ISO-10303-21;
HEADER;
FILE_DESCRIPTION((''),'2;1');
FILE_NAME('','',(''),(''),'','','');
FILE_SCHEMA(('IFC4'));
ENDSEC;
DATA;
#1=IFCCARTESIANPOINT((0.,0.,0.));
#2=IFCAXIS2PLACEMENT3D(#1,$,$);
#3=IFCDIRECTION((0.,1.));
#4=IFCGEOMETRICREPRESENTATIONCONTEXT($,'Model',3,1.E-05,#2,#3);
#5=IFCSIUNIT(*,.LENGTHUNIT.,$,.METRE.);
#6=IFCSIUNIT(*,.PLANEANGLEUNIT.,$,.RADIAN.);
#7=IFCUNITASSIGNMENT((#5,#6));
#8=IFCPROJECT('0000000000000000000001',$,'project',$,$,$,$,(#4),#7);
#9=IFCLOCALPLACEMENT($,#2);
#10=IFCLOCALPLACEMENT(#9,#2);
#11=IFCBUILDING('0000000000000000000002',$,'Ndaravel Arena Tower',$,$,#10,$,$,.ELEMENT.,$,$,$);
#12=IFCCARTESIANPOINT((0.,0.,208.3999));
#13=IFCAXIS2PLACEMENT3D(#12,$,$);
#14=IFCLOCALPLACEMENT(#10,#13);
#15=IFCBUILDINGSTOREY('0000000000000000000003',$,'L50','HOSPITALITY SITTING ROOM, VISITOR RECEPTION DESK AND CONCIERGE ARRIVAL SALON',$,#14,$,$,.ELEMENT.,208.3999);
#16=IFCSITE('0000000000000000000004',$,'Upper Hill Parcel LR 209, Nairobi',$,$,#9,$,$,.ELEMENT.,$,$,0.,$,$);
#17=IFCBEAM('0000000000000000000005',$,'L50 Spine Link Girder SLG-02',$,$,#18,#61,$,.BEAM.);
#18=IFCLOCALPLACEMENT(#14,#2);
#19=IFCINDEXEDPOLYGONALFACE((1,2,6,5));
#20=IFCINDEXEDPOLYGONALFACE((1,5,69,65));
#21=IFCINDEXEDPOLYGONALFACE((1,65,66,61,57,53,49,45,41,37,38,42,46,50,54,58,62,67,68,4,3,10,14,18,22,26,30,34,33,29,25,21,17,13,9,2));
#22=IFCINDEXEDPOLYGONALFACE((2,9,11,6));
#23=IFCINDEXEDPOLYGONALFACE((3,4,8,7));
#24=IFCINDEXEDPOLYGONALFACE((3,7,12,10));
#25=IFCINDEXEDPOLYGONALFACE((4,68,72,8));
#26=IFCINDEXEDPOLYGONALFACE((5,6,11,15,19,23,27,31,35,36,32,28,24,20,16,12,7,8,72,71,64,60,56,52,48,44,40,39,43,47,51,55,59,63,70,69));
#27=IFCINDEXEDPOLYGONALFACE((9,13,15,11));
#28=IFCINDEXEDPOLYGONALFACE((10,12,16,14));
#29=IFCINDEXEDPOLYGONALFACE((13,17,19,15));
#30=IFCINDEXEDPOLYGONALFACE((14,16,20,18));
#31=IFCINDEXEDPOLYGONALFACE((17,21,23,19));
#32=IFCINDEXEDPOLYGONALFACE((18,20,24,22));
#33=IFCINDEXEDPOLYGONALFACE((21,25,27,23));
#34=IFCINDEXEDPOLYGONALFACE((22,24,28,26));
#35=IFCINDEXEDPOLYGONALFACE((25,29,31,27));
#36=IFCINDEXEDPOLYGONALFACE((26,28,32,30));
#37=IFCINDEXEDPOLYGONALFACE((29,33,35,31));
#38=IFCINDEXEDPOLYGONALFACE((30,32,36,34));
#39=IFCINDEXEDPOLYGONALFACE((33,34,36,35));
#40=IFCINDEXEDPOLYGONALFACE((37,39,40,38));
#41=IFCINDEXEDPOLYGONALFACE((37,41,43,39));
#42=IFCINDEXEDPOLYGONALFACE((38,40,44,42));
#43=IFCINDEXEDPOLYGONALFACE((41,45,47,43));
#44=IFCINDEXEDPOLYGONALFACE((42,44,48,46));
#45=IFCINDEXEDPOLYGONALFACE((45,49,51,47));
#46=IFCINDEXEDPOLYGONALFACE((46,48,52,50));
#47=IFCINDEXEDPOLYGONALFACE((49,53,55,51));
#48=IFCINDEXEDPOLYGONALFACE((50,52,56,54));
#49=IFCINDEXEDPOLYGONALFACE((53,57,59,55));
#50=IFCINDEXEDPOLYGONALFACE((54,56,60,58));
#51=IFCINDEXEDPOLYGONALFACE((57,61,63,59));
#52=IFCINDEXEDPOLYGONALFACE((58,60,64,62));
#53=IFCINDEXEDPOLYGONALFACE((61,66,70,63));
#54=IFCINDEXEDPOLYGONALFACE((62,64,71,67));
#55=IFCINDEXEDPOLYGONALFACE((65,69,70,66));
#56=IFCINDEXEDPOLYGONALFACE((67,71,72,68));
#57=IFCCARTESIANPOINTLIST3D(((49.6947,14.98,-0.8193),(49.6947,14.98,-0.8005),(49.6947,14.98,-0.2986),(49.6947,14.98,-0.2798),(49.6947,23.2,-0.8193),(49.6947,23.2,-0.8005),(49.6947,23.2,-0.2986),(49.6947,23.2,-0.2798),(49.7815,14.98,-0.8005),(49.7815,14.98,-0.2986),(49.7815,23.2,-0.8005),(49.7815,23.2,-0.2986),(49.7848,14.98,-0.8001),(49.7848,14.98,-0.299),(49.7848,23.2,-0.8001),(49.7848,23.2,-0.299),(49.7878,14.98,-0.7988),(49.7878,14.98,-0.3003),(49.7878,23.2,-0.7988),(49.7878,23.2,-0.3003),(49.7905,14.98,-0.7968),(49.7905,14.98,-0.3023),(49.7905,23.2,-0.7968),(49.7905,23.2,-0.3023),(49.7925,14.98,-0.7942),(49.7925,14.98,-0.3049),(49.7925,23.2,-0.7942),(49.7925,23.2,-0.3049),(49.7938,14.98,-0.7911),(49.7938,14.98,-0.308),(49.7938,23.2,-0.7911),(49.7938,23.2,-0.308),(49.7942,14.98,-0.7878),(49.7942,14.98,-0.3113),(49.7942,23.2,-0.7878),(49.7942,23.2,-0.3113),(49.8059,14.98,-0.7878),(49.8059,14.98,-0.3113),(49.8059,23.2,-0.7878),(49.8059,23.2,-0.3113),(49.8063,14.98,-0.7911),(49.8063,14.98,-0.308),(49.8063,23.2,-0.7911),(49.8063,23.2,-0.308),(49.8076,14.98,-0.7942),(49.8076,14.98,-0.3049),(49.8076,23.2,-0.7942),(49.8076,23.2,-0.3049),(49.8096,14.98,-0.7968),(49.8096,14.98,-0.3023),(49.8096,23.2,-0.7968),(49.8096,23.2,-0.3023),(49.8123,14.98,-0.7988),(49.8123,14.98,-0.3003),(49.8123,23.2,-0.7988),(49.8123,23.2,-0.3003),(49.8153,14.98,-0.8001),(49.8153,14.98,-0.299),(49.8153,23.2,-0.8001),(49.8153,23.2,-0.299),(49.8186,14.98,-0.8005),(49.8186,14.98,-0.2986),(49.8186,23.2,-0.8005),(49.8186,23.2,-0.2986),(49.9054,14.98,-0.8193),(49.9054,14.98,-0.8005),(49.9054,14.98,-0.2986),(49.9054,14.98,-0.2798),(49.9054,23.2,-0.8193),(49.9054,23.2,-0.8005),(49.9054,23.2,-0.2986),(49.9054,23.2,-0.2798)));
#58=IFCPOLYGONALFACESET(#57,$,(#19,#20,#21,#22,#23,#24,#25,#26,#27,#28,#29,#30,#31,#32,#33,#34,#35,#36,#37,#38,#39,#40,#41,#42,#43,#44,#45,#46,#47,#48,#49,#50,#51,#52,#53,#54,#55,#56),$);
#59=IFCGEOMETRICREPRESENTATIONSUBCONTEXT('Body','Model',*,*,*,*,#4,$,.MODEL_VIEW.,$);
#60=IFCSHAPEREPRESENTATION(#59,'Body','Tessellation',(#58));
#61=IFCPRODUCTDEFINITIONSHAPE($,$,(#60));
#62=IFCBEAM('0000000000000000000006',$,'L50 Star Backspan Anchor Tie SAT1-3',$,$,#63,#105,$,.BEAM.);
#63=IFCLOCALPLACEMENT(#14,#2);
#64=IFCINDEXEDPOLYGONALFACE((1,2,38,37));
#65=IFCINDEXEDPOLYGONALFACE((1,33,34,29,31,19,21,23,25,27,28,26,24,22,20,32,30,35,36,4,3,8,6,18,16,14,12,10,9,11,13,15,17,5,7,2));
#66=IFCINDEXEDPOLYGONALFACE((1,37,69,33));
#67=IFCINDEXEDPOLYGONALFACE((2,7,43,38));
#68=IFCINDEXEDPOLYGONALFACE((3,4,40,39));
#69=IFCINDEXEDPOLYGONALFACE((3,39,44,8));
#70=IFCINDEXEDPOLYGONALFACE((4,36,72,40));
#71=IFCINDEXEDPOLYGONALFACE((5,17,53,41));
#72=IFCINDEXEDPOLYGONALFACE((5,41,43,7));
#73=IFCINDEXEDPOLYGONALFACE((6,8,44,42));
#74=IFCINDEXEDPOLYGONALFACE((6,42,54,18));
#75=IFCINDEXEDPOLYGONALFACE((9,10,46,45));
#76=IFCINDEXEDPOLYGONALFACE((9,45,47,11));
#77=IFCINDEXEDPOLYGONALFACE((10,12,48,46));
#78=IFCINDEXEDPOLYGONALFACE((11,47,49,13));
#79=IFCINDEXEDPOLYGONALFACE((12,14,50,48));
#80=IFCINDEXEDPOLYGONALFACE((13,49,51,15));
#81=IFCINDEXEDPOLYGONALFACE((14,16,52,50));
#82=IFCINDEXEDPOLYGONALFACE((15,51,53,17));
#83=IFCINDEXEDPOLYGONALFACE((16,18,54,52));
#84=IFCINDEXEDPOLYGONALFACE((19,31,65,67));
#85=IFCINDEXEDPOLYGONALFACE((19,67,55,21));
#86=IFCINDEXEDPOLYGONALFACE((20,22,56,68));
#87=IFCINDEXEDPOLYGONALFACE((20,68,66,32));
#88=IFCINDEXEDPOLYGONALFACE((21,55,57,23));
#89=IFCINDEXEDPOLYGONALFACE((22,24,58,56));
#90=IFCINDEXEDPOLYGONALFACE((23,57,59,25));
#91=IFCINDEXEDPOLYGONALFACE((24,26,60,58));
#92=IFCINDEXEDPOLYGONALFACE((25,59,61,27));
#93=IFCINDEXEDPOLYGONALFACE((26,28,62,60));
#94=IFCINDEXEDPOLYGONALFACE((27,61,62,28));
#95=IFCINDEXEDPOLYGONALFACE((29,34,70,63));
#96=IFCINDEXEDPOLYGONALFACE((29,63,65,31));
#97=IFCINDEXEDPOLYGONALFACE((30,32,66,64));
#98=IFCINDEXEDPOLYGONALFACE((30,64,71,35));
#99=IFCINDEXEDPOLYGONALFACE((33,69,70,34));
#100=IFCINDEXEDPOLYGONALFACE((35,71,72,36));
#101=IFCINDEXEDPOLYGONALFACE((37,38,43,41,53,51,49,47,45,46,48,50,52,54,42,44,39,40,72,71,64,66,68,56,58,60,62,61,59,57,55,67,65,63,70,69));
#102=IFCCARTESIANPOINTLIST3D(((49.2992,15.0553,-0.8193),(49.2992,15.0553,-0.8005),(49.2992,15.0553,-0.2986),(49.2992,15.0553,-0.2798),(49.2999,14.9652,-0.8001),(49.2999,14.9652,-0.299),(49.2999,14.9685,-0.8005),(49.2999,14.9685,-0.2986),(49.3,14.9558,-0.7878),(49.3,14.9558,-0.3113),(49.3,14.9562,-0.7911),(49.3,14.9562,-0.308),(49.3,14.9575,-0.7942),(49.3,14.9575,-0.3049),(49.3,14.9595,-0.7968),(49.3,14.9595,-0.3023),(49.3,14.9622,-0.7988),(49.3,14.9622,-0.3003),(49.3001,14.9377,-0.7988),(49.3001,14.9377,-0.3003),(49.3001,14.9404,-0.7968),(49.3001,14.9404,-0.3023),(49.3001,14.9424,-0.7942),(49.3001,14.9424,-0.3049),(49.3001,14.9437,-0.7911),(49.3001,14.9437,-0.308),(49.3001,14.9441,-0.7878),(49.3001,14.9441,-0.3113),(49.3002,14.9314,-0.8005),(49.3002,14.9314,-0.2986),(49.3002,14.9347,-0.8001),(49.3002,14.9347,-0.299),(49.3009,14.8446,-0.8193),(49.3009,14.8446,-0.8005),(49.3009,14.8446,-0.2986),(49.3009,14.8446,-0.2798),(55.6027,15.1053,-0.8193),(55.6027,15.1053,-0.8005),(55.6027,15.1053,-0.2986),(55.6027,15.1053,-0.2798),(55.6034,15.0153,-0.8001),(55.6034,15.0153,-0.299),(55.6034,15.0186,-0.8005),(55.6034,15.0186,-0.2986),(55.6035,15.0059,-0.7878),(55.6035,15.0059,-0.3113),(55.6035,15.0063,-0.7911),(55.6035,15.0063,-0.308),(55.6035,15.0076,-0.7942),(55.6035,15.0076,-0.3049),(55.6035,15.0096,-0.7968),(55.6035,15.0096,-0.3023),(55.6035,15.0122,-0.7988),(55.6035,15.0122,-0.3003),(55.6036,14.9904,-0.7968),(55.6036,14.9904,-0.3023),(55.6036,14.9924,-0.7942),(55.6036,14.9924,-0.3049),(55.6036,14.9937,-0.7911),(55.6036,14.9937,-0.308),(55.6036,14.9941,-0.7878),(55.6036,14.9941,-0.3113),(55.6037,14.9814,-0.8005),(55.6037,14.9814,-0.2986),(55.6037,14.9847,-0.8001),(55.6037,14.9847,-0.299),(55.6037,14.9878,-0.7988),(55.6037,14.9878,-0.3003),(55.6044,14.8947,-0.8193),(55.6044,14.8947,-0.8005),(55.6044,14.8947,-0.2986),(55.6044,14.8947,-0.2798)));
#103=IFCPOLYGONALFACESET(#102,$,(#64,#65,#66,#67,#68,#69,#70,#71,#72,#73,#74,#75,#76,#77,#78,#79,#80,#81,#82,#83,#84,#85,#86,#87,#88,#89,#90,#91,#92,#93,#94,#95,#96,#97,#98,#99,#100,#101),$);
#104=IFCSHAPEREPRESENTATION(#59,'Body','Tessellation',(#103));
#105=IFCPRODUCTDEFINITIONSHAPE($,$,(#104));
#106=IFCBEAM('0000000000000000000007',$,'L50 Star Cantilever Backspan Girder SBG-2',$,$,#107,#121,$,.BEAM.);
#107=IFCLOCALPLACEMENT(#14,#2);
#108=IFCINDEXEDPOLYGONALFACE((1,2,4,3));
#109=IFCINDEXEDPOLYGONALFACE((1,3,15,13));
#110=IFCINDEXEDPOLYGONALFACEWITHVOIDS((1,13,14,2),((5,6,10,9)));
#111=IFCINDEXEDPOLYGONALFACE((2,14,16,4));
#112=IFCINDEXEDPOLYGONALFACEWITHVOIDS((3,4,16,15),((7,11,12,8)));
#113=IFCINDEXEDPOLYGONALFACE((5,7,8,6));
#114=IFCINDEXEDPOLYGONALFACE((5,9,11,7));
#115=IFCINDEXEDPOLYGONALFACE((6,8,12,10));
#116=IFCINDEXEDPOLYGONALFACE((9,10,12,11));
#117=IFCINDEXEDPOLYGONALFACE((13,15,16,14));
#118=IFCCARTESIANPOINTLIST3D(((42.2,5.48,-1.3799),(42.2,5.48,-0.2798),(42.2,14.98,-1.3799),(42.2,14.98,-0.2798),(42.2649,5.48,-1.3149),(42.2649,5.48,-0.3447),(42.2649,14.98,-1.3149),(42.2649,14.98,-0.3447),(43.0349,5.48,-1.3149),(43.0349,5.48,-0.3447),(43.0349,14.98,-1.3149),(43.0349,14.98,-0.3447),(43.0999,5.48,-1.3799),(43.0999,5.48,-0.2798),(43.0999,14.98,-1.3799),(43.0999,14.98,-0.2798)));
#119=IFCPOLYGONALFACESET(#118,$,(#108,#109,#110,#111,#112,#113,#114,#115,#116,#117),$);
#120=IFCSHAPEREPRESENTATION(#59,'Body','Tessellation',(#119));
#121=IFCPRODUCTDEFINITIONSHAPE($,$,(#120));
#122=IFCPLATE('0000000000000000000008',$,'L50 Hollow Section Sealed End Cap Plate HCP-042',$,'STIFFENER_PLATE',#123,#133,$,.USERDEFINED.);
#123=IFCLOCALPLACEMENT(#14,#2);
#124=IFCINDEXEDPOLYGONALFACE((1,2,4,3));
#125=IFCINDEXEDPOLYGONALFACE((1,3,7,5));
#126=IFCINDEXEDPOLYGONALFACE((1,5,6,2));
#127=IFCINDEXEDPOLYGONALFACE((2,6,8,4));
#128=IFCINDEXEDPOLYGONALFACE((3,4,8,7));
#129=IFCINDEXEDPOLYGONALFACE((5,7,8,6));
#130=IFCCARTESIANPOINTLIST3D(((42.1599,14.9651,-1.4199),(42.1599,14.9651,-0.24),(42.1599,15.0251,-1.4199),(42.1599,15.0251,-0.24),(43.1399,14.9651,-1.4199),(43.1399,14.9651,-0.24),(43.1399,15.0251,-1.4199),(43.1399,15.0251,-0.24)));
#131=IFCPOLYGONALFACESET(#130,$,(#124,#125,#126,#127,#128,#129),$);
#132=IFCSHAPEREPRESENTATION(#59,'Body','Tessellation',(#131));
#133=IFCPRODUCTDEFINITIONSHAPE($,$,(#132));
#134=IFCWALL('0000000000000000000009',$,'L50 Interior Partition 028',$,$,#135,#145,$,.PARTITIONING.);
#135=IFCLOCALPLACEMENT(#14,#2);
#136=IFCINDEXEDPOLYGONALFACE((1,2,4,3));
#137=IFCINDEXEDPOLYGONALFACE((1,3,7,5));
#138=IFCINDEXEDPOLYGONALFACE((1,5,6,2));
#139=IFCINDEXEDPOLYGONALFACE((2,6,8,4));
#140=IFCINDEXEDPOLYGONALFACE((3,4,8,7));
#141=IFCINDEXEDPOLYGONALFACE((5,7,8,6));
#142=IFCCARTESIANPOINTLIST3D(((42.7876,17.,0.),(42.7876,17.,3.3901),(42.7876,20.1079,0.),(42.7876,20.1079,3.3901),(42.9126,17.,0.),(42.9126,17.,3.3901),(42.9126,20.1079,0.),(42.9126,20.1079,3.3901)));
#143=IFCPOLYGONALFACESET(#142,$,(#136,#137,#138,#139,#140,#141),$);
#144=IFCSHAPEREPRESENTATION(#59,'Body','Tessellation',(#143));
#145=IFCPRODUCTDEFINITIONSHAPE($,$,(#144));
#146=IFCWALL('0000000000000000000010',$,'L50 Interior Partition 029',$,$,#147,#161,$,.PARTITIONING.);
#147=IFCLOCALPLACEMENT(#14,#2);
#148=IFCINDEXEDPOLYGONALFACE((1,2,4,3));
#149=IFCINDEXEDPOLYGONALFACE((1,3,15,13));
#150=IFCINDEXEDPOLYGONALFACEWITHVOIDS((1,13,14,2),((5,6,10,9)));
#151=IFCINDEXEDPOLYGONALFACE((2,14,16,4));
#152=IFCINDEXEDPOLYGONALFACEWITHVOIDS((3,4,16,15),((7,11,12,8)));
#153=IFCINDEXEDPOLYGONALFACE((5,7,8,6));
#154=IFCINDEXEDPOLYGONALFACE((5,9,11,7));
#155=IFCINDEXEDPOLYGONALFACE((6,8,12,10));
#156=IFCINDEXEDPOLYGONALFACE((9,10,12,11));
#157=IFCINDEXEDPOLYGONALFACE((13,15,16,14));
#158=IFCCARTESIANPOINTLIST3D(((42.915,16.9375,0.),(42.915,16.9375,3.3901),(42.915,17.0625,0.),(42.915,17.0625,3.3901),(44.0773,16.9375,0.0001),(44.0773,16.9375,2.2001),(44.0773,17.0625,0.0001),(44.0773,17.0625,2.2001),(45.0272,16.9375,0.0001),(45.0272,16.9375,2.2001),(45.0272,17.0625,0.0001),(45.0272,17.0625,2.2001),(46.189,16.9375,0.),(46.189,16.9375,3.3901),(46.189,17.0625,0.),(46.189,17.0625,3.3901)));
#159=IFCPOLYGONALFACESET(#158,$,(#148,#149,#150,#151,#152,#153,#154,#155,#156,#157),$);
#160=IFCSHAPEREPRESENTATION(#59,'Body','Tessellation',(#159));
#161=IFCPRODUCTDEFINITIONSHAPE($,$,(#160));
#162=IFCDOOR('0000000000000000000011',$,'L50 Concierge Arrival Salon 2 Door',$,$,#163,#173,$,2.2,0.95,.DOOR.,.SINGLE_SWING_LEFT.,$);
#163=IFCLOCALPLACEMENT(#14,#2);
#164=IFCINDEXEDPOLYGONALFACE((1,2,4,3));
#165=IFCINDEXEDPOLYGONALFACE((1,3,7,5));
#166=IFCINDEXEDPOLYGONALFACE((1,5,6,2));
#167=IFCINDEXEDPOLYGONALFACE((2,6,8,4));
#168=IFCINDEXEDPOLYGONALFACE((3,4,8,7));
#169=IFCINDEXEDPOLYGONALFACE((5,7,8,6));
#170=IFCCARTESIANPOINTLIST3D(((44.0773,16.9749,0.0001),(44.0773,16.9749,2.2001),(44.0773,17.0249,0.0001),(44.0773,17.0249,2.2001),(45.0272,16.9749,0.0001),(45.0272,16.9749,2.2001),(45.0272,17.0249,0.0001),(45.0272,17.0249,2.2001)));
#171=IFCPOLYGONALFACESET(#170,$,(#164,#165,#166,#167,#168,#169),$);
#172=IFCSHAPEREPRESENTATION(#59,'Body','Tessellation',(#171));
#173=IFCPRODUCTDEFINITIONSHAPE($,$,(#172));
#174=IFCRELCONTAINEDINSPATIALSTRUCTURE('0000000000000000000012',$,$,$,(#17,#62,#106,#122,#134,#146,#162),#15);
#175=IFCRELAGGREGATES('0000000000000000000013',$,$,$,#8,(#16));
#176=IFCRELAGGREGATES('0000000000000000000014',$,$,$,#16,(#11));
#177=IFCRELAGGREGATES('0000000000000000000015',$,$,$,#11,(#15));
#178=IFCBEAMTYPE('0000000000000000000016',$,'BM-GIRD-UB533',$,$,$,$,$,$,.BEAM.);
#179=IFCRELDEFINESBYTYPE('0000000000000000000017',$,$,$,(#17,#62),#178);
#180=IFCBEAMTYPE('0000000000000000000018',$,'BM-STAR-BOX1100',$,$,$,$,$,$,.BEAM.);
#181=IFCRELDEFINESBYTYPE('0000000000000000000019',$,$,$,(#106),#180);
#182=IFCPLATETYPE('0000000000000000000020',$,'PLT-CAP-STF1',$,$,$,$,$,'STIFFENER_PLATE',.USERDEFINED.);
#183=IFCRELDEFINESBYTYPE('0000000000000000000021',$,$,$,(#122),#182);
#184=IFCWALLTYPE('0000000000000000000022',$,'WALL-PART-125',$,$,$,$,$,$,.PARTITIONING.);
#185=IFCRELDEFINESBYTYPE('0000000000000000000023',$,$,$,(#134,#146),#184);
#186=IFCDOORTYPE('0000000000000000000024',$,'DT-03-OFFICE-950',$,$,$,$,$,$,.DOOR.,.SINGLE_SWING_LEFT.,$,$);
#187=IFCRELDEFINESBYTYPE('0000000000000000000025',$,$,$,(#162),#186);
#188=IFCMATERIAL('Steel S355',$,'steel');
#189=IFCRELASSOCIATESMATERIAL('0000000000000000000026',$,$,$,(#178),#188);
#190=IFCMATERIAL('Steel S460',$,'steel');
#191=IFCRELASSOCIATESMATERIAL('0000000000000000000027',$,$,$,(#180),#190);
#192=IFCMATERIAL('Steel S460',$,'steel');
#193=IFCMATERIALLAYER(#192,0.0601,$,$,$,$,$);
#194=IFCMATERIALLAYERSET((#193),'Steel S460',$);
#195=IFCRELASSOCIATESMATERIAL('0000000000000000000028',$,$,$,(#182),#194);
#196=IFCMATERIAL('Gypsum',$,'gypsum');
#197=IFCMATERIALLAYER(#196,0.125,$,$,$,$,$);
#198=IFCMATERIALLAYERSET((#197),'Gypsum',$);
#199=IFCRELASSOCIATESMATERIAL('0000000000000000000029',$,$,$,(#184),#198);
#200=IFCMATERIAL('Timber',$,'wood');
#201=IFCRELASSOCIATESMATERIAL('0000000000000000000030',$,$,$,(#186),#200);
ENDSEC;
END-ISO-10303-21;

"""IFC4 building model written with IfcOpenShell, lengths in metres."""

from ifc_helpers import new_model, si_unit, direction, frame, frame_2d, origin, origin_2d, place, context, subcontext, project, spatial, rectangle, hollow_rectangle, i_section, extrude, material, layer, layer_set, material_profile, profile_set, type_object, element, fill, save


model = new_model("IFC4")

# Units and contexts
model_context = context("Model", 3, precision=1e-05, world=origin(), true_north=direction((0.0, 1.0)))
body_context = subcontext(model_context, "Body", "Model", "MODEL_VIEW")
ifc_project = project(units=[si_unit("LENGTHUNIT", "METRE"), si_unit("PLANEANGLEUNIT", "RADIAN")], contexts=[model_context])

# Site, building, storey
site_placement = place(None, origin())
site = spatial("IfcSite", under=ifc_project, at=site_placement, Name="Upper Hill Parcel LR 209, Nairobi", CompositionType="ELEMENT", RefElevation=0.0)
building_placement = place(site_placement, origin())
building = spatial("IfcBuilding", under=site, at=building_placement, Name="Ndaravel Arena Tower", CompositionType="ELEMENT")
storey_placement = place(building_placement, frame((0.0, 0.0, 208.3999)))
storey = spatial("IfcBuildingStorey", under=building, at=storey_placement, Name="L50", Description="HOSPITALITY SITTING ROOM, VISITOR RECEPTION DESK AND CONCIERGE ARRIVAL SALON", CompositionType="ELEMENT", Elevation=208.3999)

# Beams
ifc_material_1 = material(Name="Steel S355", Category="steel")
ifc_material_profile_1 = material_profile(ifc_material_1, i_section(OverallWidth=0.2107, OverallDepth=0.5396, WebThickness=0.0117, FlangeThickness=0.0188, FilletRadius=0.0127, at=origin_2d()), Name="UB 533x210x109")
ifc_profile_set_1 = profile_set([ifc_material_profile_1], Name="Steel S355")
beam_type_1 = type_object("IfcBeamType", Name="BM-GIRD-UB533", PredefinedType="BEAM", material=ifc_profile_set_1)
beam_1_placement = place(storey_placement, frame((49.8, 14.98, -0.5496), z_axis=(0.0, 1.0, 0.0), x_axis=(-1.0, 0.0, 0.0)))
element("IfcBeam", 1, at=beam_1_placement, inside=storey, type_object=beam_type_1, Name="L50 Spine Link Girder SLG-02", PredefinedType="BEAM", context=body_context, shape_type="SweptSolid", body=[
    extrude(i_section(OverallWidth=0.2107, OverallDepth=0.5396, WebThickness=0.0117, FlangeThickness=0.0188, FilletRadius=0.0127, at=origin_2d()), origin(), (0.0, 0.0, 1.0), 8.22),
])
beam_2_placement = place(storey_placement, frame((49.3, 14.95, -0.5496), z_axis=(0.999968, 0.00794, 0.0), x_axis=(-0.00794, 0.999968, 0.0)))
element("IfcBeam", 2, at=beam_2_placement, inside=storey, type_object=beam_type_1, Name="L50 Star Backspan Anchor Tie SAT1-3", PredefinedType="BEAM", context=body_context, shape_type="SweptSolid", body=[
    extrude(i_section(OverallWidth=0.2107, OverallDepth=0.5396, WebThickness=0.0117, FlangeThickness=0.0188, FilletRadius=0.0127, at=origin_2d()), origin(), (0.0, 0.0, 1.0), 6.3037),
])
ifc_material_2 = material(Name="Steel S460", Category="steel")
ifc_material_profile_2 = material_profile(ifc_material_2, hollow_rectangle(XDim=0.8999, YDim=1.1001, WallThickness=0.0649, at=origin_2d()), Name="BOX 1100x900x65")
ifc_profile_set_2 = profile_set([ifc_material_profile_2], Name="Steel S460")
beam_type_2 = type_object("IfcBeamType", Name="BM-STAR-BOX1100", PredefinedType="BEAM", material=ifc_profile_set_2)
beam_3_placement = place(storey_placement, frame((42.6499, 14.98, -0.8298), z_axis=(0.0, -1.0, 0.0), x_axis=(1.0, 0.0, 0.0)))
element("IfcBeam", 3, at=beam_3_placement, inside=storey, type_object=beam_type_2, Name="L50 Star Cantilever Backspan Girder SBG-2", PredefinedType="BEAM", context=body_context, shape_type="SweptSolid", body=[
    extrude(hollow_rectangle(XDim=0.8999, YDim=1.1001, WallThickness=0.0649, at=origin_2d()), origin(), (0.0, 0.0, 1.0), 9.5),
])

# Plate
ifc_material_3 = material(Name="Steel S460", Category="steel")
ifc_layer_1 = layer(ifc_material_3, 0.0601)
ifc_layer_set_1 = layer_set([ifc_layer_1], Name="Steel S460")
plate_type = type_object("IfcPlateType", Name="PLT-CAP-STF1", ElementType="STIFFENER_PLATE", PredefinedType="USERDEFINED", material=ifc_layer_set_1)
plate_placement = place(storey_placement, frame((42.6499, 14.9951, -1.4199), z_axis=(0.0, 0.0, 1.0), x_axis=(0.0, -1.0, 0.0)))
element("IfcPlate", 4, at=plate_placement, inside=storey, type_object=plate_type, Name="L50 Hollow Section Sealed End Cap Plate HCP-042", ObjectType="STIFFENER_PLATE", PredefinedType="USERDEFINED", context=body_context, shape_type="SweptSolid", body=[
    extrude(rectangle(XDim=0.0601, YDim=0.98, at=origin_2d()), origin(), (0.0, 0.0, 1.0), 1.1799),
])

# Wall
ifc_material_4 = material(Name="Gypsum", Category="gypsum")
ifc_layer_2 = layer(ifc_material_4, 0.125)
ifc_layer_set_2 = layer_set([ifc_layer_2], Name="Gypsum")
wall_type = type_object("IfcWallType", Name="WALL-PART-125", PredefinedType="PARTITIONING", material=ifc_layer_set_2)
wall_1_placement = place(storey_placement, frame((42.8501, 20.1079, 0.0), z_axis=(0.0, 0.0, 1.0), x_axis=(0.0, -1.0, 0.0)))
element("IfcWall", 5, at=wall_1_placement, inside=storey, type_object=wall_type, Name="L50 Interior Partition 028", PredefinedType="PARTITIONING", context=body_context, shape_type="SweptSolid", body=[
    extrude(rectangle(XDim=3.1079, YDim=0.125, at=frame_2d((1.554, 0.0))), origin(), (0.0, 0.0, 1.0), 3.3901),
])

# Wall, opening, door
wall_2_placement = place(storey_placement, frame((42.915, 17.0, 0.0), z_axis=(0.0, 0.0, 1.0), x_axis=(1.0, 0.0, 0.0)))
wall_2 = element("IfcWall", 6, at=wall_2_placement, inside=storey, type_object=wall_type, Name="L50 Interior Partition 029", PredefinedType="PARTITIONING", context=body_context, shape_type="SweptSolid", body=[
    extrude(rectangle(XDim=3.2739, YDim=0.125, at=frame_2d((1.637, 0.0))), origin(), (0.0, 0.0, 1.0), 3.3901),
])
opening_1_placement = place(wall_2_placement, frame((1.1621, 0.0, 0.0)))
opening_1 = element("IfcOpeningElement", 7, at=opening_1_placement, cuts=wall_2, PredefinedType="OPENING", context=body_context, shape_type="SweptSolid", body=[
    extrude(rectangle(XDim=0.95, YDim=2.2, at=frame_2d((0.4751, 1.1001))), frame((0.0, 0.0625, 0.0), z_axis=(0.0, -1.0, 0.0), x_axis=(1.0, 0.0, 0.0)), (0.0, 0.0, 1.0), 0.125),
])
ifc_material_5 = material(Name="Timber", Category="wood")
door_type_1 = type_object("IfcDoorType", Name="DT-03-OFFICE-950", OperationType="SINGLE_SWING_LEFT", PredefinedType="DOOR", material=ifc_material_5)
door_1_placement = place(opening_1_placement, origin())
door_1 = element("IfcDoor", 8, at=door_1_placement, inside=storey, type_object=door_type_1, Name="L50 Concierge Arrival Salon 2 Door", OperationType="SINGLE_SWING_LEFT", OverallHeight=2.2, OverallWidth=0.95, PredefinedType="DOOR", context=body_context, shape_type="SweptSolid", body=[
    extrude(rectangle(XDim=0.95, YDim=2.2, at=frame_2d((0.4751, 1.1001))), frame((0.0, 0.0249, 0.0), z_axis=(0.0, -1.0, 0.0), x_axis=(1.0, 0.0, 0.0)), (0.0, 0.0, 1.0), 0.05),
])
fill(opening_1, door_1)

save(model, "model.ifc")
